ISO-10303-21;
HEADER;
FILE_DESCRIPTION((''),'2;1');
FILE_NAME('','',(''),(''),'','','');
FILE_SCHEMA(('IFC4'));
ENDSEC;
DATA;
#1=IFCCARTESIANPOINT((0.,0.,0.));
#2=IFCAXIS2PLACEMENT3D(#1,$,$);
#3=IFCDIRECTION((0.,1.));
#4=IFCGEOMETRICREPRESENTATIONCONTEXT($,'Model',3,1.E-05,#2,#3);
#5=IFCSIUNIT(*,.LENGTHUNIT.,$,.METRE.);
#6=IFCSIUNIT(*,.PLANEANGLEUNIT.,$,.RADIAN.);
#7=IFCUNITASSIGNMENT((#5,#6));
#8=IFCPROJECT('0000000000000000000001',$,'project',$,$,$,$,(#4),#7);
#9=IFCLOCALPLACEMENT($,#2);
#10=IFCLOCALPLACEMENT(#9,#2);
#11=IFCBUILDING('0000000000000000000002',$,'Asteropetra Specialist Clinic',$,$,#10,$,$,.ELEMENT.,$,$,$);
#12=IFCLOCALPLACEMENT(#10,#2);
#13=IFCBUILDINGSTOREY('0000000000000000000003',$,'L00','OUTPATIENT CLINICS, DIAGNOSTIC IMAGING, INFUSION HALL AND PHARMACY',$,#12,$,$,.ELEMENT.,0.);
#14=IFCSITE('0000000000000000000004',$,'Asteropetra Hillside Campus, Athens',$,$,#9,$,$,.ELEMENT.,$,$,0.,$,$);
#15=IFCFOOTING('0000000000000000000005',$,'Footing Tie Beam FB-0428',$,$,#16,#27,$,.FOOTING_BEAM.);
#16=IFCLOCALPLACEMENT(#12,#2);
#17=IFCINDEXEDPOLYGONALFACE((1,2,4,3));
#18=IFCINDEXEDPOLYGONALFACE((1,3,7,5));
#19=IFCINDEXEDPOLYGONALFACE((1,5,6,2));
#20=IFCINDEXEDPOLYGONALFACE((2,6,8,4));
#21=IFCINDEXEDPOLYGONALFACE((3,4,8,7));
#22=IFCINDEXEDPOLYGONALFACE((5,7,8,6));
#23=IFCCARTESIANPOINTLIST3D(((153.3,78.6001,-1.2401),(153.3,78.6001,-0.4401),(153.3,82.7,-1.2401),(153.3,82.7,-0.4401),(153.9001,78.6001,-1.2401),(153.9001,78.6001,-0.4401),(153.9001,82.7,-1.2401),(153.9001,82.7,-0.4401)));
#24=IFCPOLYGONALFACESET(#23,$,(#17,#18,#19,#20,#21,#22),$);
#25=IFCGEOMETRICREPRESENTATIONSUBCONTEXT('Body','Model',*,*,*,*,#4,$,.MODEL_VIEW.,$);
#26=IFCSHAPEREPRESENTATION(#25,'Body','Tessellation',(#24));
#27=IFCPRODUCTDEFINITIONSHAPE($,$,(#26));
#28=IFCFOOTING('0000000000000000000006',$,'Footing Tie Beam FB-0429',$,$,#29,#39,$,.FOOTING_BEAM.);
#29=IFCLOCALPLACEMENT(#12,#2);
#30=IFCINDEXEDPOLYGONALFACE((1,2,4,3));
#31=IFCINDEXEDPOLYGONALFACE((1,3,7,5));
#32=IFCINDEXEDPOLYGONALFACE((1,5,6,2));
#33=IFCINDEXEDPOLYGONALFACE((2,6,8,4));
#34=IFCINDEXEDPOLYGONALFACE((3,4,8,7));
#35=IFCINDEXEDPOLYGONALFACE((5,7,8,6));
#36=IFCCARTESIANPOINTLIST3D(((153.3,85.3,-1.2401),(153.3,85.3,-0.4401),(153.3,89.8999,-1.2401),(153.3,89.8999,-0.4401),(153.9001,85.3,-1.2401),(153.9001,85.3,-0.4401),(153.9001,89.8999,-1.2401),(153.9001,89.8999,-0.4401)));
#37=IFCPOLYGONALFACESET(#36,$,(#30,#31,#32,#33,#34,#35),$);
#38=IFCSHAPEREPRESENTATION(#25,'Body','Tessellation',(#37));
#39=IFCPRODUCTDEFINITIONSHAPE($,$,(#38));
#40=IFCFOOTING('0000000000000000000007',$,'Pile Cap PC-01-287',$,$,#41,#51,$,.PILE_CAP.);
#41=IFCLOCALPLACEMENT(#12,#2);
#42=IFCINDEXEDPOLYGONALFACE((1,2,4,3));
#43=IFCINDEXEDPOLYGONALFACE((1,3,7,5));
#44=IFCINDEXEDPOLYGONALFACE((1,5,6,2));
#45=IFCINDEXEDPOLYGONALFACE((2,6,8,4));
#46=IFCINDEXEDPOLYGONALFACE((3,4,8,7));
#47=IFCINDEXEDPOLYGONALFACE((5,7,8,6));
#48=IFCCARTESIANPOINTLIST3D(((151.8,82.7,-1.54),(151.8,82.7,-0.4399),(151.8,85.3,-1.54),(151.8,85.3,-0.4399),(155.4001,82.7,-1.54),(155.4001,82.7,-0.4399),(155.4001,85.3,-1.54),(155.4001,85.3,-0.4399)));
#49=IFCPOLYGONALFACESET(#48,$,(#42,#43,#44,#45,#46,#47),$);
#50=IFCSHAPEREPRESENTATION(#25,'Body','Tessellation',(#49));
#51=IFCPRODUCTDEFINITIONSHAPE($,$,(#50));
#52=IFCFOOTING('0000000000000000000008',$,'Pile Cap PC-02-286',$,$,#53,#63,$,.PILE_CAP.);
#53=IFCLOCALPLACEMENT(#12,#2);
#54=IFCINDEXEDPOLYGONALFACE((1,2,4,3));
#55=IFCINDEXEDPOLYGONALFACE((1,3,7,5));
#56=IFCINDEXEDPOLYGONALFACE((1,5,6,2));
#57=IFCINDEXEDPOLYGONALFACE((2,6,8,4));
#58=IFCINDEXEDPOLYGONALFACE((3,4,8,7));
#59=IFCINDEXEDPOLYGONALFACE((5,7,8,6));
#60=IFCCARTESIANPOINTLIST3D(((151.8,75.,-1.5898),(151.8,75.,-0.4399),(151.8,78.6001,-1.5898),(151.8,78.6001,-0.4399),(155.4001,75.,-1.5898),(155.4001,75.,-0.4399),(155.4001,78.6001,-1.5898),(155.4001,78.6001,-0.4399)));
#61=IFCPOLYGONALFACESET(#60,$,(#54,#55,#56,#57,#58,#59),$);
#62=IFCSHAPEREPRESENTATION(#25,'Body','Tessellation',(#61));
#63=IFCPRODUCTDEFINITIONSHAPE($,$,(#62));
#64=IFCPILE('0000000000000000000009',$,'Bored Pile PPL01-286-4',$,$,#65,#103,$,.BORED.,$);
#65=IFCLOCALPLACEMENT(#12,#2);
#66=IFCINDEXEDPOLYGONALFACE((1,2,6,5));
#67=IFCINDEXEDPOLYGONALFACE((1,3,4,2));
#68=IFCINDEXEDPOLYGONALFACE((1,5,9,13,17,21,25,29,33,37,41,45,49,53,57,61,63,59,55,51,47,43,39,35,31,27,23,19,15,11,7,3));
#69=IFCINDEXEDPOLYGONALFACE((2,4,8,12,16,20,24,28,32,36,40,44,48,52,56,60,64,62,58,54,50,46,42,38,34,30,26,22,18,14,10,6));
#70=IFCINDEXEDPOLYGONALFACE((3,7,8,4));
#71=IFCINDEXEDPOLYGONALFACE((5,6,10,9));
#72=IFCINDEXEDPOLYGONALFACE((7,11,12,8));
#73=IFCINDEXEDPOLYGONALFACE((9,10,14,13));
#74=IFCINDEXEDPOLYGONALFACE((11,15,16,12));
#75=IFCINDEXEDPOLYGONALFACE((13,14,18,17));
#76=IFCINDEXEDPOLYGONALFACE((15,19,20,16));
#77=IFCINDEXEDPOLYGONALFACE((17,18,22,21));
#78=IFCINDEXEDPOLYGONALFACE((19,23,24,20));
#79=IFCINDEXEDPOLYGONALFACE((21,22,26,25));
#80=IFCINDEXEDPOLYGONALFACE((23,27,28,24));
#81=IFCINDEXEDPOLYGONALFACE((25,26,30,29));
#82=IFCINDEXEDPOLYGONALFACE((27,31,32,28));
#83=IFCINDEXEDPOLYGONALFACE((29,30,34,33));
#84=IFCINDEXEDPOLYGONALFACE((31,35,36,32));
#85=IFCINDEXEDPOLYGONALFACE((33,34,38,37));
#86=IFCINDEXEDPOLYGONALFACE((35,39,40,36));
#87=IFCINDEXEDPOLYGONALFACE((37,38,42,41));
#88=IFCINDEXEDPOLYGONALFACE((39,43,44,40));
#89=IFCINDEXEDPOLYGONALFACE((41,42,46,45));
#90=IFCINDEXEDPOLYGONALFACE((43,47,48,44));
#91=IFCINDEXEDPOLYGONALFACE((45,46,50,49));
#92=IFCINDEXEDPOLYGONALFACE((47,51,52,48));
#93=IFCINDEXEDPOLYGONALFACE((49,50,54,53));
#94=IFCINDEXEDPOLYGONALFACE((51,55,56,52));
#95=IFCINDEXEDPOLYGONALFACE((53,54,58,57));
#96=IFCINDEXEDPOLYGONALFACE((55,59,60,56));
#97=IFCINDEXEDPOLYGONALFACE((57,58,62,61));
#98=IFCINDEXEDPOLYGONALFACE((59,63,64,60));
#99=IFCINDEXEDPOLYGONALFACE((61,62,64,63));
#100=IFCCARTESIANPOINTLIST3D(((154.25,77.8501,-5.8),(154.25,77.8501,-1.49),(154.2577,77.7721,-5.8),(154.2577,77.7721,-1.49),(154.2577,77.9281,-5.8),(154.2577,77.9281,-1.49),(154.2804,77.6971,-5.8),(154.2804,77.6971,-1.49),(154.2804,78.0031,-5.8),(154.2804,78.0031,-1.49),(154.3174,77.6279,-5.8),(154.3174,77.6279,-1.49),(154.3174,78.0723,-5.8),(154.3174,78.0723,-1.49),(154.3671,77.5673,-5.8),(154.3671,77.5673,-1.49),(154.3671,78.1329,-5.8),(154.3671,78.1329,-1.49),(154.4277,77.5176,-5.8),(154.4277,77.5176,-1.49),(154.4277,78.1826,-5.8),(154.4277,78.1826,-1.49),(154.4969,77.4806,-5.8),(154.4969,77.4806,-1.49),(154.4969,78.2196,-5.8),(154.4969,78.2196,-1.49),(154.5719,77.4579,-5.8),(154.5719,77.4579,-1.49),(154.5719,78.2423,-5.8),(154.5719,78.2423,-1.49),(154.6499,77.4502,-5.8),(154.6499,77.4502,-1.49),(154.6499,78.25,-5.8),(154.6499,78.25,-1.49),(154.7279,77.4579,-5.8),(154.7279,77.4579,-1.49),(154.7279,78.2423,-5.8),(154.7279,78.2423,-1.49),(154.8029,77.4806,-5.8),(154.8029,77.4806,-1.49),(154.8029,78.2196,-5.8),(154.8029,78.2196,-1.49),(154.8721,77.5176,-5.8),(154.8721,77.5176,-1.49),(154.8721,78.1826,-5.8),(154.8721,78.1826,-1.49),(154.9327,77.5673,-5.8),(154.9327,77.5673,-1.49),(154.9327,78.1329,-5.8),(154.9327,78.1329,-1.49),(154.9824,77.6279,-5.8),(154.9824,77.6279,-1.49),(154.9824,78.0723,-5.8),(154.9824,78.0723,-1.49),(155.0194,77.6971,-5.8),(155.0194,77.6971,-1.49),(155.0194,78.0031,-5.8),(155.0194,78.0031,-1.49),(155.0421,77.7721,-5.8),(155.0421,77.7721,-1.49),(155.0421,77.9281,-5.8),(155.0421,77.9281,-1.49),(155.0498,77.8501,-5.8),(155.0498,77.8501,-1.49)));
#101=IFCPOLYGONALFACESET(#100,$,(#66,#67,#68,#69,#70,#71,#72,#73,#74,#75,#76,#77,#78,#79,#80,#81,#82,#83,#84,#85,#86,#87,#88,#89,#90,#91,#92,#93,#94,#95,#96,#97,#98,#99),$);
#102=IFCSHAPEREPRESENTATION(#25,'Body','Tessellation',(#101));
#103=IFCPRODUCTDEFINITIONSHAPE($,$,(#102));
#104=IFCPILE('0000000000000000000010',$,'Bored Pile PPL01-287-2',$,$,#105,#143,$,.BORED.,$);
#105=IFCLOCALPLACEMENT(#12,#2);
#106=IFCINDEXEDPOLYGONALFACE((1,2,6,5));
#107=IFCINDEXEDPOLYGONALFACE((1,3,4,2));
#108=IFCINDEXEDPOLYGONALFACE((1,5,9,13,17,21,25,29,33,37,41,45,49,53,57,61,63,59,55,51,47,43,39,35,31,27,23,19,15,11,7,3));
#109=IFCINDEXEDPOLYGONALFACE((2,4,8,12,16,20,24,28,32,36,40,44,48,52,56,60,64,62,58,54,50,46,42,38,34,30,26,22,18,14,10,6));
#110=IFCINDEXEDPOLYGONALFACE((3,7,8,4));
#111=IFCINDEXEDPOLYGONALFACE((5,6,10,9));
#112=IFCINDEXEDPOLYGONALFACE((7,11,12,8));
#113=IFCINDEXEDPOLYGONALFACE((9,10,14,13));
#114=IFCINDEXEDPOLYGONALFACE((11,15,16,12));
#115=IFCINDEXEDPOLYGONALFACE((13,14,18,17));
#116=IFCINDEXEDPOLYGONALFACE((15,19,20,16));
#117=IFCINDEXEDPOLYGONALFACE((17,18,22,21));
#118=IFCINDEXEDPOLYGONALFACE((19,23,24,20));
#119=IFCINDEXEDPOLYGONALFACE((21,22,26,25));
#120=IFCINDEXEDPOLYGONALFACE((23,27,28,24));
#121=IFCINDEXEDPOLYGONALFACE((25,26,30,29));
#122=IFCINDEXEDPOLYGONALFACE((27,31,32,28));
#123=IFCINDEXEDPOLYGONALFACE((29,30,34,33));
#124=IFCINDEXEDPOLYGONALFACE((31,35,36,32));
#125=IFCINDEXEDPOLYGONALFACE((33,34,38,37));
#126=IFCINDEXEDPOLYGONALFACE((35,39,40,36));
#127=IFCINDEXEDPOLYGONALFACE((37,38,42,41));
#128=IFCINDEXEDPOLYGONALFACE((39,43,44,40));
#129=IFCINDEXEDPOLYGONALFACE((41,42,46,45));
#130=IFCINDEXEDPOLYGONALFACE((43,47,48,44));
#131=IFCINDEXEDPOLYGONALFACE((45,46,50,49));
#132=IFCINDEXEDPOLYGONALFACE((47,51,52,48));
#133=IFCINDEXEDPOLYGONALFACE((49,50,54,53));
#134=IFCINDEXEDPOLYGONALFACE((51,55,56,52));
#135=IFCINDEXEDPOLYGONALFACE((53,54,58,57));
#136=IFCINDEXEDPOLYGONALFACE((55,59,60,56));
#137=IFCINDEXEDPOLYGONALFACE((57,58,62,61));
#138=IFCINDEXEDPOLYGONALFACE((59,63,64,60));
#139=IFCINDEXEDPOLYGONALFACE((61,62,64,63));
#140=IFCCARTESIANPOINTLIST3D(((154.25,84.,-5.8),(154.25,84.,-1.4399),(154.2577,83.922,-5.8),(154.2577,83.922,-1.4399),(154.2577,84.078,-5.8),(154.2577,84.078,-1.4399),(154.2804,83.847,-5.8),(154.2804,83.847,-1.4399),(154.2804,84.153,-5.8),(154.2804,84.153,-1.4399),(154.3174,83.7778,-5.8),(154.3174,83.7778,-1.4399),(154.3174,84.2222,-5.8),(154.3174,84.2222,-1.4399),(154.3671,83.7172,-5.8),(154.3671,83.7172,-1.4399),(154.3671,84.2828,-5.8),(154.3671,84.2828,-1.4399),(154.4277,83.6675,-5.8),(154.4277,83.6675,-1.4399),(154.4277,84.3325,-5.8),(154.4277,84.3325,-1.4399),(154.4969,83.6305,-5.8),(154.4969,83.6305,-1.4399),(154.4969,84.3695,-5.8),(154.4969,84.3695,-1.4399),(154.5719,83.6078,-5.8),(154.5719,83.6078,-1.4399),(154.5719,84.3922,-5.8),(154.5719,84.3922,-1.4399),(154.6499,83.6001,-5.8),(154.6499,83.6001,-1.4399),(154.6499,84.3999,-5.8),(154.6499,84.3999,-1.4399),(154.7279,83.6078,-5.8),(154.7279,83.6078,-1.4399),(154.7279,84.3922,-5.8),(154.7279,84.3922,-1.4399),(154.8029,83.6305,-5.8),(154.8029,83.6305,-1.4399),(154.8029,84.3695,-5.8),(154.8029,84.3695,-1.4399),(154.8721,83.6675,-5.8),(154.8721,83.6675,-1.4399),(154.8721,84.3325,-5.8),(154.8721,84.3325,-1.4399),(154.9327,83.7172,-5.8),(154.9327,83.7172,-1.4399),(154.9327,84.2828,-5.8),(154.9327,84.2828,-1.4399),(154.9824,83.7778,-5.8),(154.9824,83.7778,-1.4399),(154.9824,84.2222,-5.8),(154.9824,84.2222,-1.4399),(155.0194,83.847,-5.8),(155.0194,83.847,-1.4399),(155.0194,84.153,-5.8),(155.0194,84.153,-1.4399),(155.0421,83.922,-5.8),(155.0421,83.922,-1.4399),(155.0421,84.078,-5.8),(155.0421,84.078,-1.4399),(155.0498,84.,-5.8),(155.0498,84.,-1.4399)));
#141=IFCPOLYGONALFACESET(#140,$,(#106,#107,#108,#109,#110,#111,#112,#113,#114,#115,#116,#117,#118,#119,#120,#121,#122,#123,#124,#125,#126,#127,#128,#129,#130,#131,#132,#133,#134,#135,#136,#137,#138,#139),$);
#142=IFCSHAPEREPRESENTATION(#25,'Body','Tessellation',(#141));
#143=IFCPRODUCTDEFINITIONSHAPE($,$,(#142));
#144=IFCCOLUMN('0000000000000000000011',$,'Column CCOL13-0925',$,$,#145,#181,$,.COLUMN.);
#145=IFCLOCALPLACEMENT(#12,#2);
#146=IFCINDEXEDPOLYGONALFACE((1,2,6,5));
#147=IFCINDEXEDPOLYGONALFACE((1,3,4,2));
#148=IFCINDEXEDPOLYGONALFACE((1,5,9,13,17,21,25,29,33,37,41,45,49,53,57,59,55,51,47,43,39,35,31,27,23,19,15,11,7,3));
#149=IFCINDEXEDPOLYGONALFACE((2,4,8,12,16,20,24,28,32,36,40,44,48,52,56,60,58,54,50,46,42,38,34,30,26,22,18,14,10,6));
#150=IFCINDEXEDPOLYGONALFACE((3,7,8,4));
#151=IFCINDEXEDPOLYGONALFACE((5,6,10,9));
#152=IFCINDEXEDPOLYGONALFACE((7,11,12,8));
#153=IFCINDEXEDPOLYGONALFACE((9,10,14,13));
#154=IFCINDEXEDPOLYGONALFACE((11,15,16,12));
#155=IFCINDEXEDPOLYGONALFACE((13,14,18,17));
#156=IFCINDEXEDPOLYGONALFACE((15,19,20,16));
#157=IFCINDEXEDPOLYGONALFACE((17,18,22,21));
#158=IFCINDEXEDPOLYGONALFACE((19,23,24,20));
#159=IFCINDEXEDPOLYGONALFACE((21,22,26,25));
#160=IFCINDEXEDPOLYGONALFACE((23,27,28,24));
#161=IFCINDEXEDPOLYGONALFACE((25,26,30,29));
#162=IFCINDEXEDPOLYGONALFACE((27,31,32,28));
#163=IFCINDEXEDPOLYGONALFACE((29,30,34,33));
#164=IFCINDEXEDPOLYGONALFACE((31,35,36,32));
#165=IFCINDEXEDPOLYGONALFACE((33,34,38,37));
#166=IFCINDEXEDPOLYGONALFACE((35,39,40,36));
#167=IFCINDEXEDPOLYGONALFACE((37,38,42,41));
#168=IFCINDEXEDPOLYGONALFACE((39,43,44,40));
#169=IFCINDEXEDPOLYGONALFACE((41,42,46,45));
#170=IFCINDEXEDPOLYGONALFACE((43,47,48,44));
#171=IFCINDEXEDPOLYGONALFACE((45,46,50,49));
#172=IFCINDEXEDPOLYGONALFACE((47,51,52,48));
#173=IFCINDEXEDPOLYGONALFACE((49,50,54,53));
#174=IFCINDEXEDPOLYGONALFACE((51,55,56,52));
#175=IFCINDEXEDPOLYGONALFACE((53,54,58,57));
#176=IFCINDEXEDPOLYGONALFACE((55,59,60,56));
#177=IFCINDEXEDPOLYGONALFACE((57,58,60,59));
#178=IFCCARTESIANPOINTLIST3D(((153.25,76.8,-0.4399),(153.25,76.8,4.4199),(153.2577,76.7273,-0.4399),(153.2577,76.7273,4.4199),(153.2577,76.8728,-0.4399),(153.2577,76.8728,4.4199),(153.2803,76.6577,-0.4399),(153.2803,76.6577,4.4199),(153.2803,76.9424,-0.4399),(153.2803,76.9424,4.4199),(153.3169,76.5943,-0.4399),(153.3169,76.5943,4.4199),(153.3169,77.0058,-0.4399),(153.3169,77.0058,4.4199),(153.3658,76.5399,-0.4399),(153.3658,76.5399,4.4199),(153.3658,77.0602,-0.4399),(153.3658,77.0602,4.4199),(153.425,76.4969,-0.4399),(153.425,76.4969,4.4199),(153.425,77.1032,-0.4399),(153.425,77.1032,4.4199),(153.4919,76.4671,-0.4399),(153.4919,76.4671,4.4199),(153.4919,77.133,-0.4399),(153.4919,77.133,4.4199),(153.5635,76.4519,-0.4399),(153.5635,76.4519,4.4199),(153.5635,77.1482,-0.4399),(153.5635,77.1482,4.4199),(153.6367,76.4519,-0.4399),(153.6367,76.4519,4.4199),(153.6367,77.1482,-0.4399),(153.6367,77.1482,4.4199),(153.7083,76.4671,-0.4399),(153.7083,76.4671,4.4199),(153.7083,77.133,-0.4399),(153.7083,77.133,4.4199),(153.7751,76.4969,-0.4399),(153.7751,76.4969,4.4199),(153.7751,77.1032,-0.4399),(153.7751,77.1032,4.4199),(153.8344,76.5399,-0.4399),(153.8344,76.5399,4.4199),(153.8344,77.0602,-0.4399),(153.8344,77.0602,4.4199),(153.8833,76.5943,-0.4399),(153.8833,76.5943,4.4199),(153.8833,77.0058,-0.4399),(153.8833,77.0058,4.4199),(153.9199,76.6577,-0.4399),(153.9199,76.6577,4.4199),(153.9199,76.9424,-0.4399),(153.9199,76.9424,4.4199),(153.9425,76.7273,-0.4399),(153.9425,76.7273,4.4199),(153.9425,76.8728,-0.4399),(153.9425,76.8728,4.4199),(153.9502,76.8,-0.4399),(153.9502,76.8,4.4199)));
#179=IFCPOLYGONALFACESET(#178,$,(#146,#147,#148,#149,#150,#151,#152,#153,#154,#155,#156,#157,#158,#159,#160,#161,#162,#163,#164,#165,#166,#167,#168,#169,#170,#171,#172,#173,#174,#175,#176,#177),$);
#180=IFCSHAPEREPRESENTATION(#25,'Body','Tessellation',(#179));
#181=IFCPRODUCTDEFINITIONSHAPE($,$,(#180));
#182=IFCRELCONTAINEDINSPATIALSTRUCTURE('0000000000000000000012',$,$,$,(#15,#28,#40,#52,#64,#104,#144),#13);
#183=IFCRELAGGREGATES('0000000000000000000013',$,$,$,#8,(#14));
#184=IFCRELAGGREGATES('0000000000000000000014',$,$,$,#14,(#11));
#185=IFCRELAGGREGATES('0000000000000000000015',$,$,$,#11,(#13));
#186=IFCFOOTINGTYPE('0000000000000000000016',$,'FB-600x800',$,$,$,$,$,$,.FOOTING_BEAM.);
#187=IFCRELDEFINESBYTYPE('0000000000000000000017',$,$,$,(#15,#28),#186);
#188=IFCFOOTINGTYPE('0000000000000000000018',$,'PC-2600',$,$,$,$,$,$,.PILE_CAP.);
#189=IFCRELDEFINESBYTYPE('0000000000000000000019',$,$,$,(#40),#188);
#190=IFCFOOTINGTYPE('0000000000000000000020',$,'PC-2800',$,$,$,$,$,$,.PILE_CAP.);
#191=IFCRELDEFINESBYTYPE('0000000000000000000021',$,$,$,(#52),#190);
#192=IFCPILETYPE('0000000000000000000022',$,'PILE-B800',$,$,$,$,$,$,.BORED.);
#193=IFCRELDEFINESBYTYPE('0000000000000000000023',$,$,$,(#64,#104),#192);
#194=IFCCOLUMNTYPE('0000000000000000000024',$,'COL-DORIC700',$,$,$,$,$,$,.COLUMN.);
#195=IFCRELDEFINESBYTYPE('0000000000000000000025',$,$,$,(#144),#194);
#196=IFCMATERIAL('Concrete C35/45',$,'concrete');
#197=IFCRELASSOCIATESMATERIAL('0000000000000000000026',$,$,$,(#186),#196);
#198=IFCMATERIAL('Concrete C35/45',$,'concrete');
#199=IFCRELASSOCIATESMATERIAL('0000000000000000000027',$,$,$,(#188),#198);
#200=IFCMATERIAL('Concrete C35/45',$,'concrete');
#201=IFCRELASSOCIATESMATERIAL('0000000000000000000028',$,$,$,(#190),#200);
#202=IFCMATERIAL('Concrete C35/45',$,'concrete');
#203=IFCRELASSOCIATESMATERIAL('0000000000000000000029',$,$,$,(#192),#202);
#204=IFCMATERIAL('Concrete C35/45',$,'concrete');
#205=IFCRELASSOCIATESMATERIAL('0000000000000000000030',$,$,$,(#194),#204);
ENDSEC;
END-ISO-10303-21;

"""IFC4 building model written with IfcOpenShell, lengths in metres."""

from ifc_helpers import new_model, si_unit, direction, frame, origin, origin_2d, place, context, subcontext, project, spatial, rectangle, circle, extrude, material, material_profile, profile_set, type_object, element, save


model = new_model("IFC4")

# Units and contexts
model_context = context("Model", 3, precision=1e-05, world=origin(), true_north=direction((0.0, 1.0)))
body_context = subcontext(model_context, "Body", "Model", "MODEL_VIEW")
ifc_project = project(units=[si_unit("LENGTHUNIT", "METRE"), si_unit("PLANEANGLEUNIT", "RADIAN")], contexts=[model_context])

# Site, building, storey
site_placement = place(None, origin())
site = spatial("IfcSite", under=ifc_project, at=site_placement, Name="Asteropetra Hillside Campus, Athens", CompositionType="ELEMENT", RefElevation=0.0)
building_placement = place(site_placement, origin())
building = spatial("IfcBuilding", under=site, at=building_placement, Name="Asteropetra Specialist Clinic", CompositionType="ELEMENT")
storey_placement = place(building_placement, origin())
storey = spatial("IfcBuildingStorey", under=building, at=storey_placement, Name="L00", Description="OUTPATIENT CLINICS, DIAGNOSTIC IMAGING, INFUSION HALL AND PHARMACY", CompositionType="ELEMENT", Elevation=0.0)

# Footings
ifc_material_1 = material(Name="Concrete C35/45", Category="concrete")
ifc_material_profile_1 = material_profile(ifc_material_1, rectangle(XDim=0.6001, YDim=0.8, at=origin_2d()), Name="FB 600x800")
ifc_profile_set_1 = profile_set([ifc_material_profile_1], Name="Concrete C35/45")
footing_type_1 = type_object("IfcFootingType", Name="FB-600x800", PredefinedType="FOOTING_BEAM", material=ifc_profile_set_1)
footing_1_placement = place(storey_placement, frame((153.6001, 78.6001, -0.8401), z_axis=(0.0, 1.0, 0.0), x_axis=(-1.0, 0.0, 0.0)))
element("IfcFooting", 1, at=footing_1_placement, inside=storey, type_object=footing_type_1, Name="Footing Tie Beam FB-0428", PredefinedType="FOOTING_BEAM", context=body_context, shape_type="SweptSolid", body=[
    extrude(rectangle(XDim=0.6001, YDim=0.8, at=origin_2d()), origin(), (0.0, 0.0, 1.0), 4.0999),
])
footing_2_placement = place(storey_placement, frame((153.6001, 85.3, -0.8401), z_axis=(0.0, 1.0, 0.0), x_axis=(-1.0, 0.0, 0.0)))
element("IfcFooting", 2, at=footing_2_placement, inside=storey, type_object=footing_type_1, Name="Footing Tie Beam FB-0429", PredefinedType="FOOTING_BEAM", context=body_context, shape_type="SweptSolid", body=[
    extrude(rectangle(XDim=0.6001, YDim=0.8, at=origin_2d()), origin(), (0.0, 0.0, 1.0), 4.5999),
])
ifc_material_2 = material(Name="Concrete C35/45", Category="concrete")
footing_type_2 = type_object("IfcFootingType", Name="PC-2600", PredefinedType="PILE_CAP", material=ifc_material_2)
footing_3_placement = place(storey_placement, frame((153.6001, 84.0, -1.54), z_axis=(0.0, 0.0, 1.0), x_axis=(1.0, 0.0, 0.0)))
element("IfcFooting", 3, at=footing_3_placement, inside=storey, type_object=footing_type_2, Name="Pile Cap PC-01-287", PredefinedType="PILE_CAP", context=body_context, shape_type="SweptSolid", body=[
    extrude(rectangle(XDim=3.6001, YDim=2.6001, at=origin_2d()), origin(), (0.0, 0.0, 1.0), 1.1001),
])
ifc_material_3 = material(Name="Concrete C35/45", Category="concrete")
footing_type_3 = type_object("IfcFootingType", Name="PC-2800", PredefinedType="PILE_CAP", material=ifc_material_3)
footing_4_placement = place(storey_placement, frame((153.6001, 76.8, -1.5898), z_axis=(0.0, 0.0, 1.0), x_axis=(1.0, 0.0, 0.0)))
element("IfcFooting", 4, at=footing_4_placement, inside=storey, type_object=footing_type_3, Name="Pile Cap PC-02-286", PredefinedType="PILE_CAP", context=body_context, shape_type="SweptSolid", body=[
    extrude(rectangle(XDim=3.6001, YDim=3.6001, at=origin_2d()), origin(), (0.0, 0.0, 1.0), 1.1499),
])

# Piles
ifc_material_4 = material(Name="Concrete C35/45", Category="concrete")
ifc_material_profile_2 = material_profile(ifc_material_4, circle(Radius=0.3999, at=origin_2d()), Name="PILE D800")
ifc_profile_set_2 = profile_set([ifc_material_profile_2], Name="Concrete C35/45")
pile_type = type_object("IfcPileType", Name="PILE-B800", PredefinedType="BORED", material=ifc_profile_set_2)
pile_1_placement = place(storey_placement, frame((154.6499, 77.8501, -1.49), z_axis=(0.0, 0.0, -1.0), x_axis=(1.0, 0.0, 0.0)))
element("IfcPile", 5, at=pile_1_placement, inside=storey, type_object=pile_type, Name="Bored Pile PPL01-286-4", PredefinedType="BORED", context=body_context, shape_type="SweptSolid", body=[
    extrude(circle(Radius=0.3999, at=origin_2d()), origin(), (0.0, 0.0, 1.0), 4.3101),
])
pile_2_placement = place(storey_placement, frame((154.6499, 84.0, -1.4399), z_axis=(0.0, 0.0, -1.0), x_axis=(1.0, 0.0, 0.0)))
element("IfcPile", 6, at=pile_2_placement, inside=storey, type_object=pile_type, Name="Bored Pile PPL01-287-2", PredefinedType="BORED", context=body_context, shape_type="SweptSolid", body=[
    extrude(circle(Radius=0.3999, at=origin_2d()), origin(), (0.0, 0.0, 1.0), 4.3601),
])

# Column
ifc_material_5 = material(Name="Concrete C35/45", Category="concrete")
ifc_material_profile_3 = material_profile(ifc_material_5, circle(Radius=0.3501, at=origin_2d()), Name="RCC D700")
ifc_profile_set_3 = profile_set([ifc_material_profile_3], Name="Concrete C35/45")
column_type = type_object("IfcColumnType", Name="COL-DORIC700", PredefinedType="COLUMN", material=ifc_profile_set_3)
for number, where, z_axis, x_axis, name in (
    (7, (153.6001, 76.8, -0.4399), (0.0, 0.0, 1.0), (1.0, 0.0, 0.0), "Column CCOL13-0925"),
):
    element("IfcColumn", number, at=place(storey_placement, frame(where, z_axis=z_axis, x_axis=x_axis)), inside=storey, type_object=column_type, Name=name, PredefinedType="COLUMN", context=body_context, shape_type="SweptSolid", body=[
        extrude(circle(Radius=0.3501, at=origin_2d()), origin(), (0.0, 0.0, 1.0), 4.8599),
    ])

save(model, "model.ifc")
